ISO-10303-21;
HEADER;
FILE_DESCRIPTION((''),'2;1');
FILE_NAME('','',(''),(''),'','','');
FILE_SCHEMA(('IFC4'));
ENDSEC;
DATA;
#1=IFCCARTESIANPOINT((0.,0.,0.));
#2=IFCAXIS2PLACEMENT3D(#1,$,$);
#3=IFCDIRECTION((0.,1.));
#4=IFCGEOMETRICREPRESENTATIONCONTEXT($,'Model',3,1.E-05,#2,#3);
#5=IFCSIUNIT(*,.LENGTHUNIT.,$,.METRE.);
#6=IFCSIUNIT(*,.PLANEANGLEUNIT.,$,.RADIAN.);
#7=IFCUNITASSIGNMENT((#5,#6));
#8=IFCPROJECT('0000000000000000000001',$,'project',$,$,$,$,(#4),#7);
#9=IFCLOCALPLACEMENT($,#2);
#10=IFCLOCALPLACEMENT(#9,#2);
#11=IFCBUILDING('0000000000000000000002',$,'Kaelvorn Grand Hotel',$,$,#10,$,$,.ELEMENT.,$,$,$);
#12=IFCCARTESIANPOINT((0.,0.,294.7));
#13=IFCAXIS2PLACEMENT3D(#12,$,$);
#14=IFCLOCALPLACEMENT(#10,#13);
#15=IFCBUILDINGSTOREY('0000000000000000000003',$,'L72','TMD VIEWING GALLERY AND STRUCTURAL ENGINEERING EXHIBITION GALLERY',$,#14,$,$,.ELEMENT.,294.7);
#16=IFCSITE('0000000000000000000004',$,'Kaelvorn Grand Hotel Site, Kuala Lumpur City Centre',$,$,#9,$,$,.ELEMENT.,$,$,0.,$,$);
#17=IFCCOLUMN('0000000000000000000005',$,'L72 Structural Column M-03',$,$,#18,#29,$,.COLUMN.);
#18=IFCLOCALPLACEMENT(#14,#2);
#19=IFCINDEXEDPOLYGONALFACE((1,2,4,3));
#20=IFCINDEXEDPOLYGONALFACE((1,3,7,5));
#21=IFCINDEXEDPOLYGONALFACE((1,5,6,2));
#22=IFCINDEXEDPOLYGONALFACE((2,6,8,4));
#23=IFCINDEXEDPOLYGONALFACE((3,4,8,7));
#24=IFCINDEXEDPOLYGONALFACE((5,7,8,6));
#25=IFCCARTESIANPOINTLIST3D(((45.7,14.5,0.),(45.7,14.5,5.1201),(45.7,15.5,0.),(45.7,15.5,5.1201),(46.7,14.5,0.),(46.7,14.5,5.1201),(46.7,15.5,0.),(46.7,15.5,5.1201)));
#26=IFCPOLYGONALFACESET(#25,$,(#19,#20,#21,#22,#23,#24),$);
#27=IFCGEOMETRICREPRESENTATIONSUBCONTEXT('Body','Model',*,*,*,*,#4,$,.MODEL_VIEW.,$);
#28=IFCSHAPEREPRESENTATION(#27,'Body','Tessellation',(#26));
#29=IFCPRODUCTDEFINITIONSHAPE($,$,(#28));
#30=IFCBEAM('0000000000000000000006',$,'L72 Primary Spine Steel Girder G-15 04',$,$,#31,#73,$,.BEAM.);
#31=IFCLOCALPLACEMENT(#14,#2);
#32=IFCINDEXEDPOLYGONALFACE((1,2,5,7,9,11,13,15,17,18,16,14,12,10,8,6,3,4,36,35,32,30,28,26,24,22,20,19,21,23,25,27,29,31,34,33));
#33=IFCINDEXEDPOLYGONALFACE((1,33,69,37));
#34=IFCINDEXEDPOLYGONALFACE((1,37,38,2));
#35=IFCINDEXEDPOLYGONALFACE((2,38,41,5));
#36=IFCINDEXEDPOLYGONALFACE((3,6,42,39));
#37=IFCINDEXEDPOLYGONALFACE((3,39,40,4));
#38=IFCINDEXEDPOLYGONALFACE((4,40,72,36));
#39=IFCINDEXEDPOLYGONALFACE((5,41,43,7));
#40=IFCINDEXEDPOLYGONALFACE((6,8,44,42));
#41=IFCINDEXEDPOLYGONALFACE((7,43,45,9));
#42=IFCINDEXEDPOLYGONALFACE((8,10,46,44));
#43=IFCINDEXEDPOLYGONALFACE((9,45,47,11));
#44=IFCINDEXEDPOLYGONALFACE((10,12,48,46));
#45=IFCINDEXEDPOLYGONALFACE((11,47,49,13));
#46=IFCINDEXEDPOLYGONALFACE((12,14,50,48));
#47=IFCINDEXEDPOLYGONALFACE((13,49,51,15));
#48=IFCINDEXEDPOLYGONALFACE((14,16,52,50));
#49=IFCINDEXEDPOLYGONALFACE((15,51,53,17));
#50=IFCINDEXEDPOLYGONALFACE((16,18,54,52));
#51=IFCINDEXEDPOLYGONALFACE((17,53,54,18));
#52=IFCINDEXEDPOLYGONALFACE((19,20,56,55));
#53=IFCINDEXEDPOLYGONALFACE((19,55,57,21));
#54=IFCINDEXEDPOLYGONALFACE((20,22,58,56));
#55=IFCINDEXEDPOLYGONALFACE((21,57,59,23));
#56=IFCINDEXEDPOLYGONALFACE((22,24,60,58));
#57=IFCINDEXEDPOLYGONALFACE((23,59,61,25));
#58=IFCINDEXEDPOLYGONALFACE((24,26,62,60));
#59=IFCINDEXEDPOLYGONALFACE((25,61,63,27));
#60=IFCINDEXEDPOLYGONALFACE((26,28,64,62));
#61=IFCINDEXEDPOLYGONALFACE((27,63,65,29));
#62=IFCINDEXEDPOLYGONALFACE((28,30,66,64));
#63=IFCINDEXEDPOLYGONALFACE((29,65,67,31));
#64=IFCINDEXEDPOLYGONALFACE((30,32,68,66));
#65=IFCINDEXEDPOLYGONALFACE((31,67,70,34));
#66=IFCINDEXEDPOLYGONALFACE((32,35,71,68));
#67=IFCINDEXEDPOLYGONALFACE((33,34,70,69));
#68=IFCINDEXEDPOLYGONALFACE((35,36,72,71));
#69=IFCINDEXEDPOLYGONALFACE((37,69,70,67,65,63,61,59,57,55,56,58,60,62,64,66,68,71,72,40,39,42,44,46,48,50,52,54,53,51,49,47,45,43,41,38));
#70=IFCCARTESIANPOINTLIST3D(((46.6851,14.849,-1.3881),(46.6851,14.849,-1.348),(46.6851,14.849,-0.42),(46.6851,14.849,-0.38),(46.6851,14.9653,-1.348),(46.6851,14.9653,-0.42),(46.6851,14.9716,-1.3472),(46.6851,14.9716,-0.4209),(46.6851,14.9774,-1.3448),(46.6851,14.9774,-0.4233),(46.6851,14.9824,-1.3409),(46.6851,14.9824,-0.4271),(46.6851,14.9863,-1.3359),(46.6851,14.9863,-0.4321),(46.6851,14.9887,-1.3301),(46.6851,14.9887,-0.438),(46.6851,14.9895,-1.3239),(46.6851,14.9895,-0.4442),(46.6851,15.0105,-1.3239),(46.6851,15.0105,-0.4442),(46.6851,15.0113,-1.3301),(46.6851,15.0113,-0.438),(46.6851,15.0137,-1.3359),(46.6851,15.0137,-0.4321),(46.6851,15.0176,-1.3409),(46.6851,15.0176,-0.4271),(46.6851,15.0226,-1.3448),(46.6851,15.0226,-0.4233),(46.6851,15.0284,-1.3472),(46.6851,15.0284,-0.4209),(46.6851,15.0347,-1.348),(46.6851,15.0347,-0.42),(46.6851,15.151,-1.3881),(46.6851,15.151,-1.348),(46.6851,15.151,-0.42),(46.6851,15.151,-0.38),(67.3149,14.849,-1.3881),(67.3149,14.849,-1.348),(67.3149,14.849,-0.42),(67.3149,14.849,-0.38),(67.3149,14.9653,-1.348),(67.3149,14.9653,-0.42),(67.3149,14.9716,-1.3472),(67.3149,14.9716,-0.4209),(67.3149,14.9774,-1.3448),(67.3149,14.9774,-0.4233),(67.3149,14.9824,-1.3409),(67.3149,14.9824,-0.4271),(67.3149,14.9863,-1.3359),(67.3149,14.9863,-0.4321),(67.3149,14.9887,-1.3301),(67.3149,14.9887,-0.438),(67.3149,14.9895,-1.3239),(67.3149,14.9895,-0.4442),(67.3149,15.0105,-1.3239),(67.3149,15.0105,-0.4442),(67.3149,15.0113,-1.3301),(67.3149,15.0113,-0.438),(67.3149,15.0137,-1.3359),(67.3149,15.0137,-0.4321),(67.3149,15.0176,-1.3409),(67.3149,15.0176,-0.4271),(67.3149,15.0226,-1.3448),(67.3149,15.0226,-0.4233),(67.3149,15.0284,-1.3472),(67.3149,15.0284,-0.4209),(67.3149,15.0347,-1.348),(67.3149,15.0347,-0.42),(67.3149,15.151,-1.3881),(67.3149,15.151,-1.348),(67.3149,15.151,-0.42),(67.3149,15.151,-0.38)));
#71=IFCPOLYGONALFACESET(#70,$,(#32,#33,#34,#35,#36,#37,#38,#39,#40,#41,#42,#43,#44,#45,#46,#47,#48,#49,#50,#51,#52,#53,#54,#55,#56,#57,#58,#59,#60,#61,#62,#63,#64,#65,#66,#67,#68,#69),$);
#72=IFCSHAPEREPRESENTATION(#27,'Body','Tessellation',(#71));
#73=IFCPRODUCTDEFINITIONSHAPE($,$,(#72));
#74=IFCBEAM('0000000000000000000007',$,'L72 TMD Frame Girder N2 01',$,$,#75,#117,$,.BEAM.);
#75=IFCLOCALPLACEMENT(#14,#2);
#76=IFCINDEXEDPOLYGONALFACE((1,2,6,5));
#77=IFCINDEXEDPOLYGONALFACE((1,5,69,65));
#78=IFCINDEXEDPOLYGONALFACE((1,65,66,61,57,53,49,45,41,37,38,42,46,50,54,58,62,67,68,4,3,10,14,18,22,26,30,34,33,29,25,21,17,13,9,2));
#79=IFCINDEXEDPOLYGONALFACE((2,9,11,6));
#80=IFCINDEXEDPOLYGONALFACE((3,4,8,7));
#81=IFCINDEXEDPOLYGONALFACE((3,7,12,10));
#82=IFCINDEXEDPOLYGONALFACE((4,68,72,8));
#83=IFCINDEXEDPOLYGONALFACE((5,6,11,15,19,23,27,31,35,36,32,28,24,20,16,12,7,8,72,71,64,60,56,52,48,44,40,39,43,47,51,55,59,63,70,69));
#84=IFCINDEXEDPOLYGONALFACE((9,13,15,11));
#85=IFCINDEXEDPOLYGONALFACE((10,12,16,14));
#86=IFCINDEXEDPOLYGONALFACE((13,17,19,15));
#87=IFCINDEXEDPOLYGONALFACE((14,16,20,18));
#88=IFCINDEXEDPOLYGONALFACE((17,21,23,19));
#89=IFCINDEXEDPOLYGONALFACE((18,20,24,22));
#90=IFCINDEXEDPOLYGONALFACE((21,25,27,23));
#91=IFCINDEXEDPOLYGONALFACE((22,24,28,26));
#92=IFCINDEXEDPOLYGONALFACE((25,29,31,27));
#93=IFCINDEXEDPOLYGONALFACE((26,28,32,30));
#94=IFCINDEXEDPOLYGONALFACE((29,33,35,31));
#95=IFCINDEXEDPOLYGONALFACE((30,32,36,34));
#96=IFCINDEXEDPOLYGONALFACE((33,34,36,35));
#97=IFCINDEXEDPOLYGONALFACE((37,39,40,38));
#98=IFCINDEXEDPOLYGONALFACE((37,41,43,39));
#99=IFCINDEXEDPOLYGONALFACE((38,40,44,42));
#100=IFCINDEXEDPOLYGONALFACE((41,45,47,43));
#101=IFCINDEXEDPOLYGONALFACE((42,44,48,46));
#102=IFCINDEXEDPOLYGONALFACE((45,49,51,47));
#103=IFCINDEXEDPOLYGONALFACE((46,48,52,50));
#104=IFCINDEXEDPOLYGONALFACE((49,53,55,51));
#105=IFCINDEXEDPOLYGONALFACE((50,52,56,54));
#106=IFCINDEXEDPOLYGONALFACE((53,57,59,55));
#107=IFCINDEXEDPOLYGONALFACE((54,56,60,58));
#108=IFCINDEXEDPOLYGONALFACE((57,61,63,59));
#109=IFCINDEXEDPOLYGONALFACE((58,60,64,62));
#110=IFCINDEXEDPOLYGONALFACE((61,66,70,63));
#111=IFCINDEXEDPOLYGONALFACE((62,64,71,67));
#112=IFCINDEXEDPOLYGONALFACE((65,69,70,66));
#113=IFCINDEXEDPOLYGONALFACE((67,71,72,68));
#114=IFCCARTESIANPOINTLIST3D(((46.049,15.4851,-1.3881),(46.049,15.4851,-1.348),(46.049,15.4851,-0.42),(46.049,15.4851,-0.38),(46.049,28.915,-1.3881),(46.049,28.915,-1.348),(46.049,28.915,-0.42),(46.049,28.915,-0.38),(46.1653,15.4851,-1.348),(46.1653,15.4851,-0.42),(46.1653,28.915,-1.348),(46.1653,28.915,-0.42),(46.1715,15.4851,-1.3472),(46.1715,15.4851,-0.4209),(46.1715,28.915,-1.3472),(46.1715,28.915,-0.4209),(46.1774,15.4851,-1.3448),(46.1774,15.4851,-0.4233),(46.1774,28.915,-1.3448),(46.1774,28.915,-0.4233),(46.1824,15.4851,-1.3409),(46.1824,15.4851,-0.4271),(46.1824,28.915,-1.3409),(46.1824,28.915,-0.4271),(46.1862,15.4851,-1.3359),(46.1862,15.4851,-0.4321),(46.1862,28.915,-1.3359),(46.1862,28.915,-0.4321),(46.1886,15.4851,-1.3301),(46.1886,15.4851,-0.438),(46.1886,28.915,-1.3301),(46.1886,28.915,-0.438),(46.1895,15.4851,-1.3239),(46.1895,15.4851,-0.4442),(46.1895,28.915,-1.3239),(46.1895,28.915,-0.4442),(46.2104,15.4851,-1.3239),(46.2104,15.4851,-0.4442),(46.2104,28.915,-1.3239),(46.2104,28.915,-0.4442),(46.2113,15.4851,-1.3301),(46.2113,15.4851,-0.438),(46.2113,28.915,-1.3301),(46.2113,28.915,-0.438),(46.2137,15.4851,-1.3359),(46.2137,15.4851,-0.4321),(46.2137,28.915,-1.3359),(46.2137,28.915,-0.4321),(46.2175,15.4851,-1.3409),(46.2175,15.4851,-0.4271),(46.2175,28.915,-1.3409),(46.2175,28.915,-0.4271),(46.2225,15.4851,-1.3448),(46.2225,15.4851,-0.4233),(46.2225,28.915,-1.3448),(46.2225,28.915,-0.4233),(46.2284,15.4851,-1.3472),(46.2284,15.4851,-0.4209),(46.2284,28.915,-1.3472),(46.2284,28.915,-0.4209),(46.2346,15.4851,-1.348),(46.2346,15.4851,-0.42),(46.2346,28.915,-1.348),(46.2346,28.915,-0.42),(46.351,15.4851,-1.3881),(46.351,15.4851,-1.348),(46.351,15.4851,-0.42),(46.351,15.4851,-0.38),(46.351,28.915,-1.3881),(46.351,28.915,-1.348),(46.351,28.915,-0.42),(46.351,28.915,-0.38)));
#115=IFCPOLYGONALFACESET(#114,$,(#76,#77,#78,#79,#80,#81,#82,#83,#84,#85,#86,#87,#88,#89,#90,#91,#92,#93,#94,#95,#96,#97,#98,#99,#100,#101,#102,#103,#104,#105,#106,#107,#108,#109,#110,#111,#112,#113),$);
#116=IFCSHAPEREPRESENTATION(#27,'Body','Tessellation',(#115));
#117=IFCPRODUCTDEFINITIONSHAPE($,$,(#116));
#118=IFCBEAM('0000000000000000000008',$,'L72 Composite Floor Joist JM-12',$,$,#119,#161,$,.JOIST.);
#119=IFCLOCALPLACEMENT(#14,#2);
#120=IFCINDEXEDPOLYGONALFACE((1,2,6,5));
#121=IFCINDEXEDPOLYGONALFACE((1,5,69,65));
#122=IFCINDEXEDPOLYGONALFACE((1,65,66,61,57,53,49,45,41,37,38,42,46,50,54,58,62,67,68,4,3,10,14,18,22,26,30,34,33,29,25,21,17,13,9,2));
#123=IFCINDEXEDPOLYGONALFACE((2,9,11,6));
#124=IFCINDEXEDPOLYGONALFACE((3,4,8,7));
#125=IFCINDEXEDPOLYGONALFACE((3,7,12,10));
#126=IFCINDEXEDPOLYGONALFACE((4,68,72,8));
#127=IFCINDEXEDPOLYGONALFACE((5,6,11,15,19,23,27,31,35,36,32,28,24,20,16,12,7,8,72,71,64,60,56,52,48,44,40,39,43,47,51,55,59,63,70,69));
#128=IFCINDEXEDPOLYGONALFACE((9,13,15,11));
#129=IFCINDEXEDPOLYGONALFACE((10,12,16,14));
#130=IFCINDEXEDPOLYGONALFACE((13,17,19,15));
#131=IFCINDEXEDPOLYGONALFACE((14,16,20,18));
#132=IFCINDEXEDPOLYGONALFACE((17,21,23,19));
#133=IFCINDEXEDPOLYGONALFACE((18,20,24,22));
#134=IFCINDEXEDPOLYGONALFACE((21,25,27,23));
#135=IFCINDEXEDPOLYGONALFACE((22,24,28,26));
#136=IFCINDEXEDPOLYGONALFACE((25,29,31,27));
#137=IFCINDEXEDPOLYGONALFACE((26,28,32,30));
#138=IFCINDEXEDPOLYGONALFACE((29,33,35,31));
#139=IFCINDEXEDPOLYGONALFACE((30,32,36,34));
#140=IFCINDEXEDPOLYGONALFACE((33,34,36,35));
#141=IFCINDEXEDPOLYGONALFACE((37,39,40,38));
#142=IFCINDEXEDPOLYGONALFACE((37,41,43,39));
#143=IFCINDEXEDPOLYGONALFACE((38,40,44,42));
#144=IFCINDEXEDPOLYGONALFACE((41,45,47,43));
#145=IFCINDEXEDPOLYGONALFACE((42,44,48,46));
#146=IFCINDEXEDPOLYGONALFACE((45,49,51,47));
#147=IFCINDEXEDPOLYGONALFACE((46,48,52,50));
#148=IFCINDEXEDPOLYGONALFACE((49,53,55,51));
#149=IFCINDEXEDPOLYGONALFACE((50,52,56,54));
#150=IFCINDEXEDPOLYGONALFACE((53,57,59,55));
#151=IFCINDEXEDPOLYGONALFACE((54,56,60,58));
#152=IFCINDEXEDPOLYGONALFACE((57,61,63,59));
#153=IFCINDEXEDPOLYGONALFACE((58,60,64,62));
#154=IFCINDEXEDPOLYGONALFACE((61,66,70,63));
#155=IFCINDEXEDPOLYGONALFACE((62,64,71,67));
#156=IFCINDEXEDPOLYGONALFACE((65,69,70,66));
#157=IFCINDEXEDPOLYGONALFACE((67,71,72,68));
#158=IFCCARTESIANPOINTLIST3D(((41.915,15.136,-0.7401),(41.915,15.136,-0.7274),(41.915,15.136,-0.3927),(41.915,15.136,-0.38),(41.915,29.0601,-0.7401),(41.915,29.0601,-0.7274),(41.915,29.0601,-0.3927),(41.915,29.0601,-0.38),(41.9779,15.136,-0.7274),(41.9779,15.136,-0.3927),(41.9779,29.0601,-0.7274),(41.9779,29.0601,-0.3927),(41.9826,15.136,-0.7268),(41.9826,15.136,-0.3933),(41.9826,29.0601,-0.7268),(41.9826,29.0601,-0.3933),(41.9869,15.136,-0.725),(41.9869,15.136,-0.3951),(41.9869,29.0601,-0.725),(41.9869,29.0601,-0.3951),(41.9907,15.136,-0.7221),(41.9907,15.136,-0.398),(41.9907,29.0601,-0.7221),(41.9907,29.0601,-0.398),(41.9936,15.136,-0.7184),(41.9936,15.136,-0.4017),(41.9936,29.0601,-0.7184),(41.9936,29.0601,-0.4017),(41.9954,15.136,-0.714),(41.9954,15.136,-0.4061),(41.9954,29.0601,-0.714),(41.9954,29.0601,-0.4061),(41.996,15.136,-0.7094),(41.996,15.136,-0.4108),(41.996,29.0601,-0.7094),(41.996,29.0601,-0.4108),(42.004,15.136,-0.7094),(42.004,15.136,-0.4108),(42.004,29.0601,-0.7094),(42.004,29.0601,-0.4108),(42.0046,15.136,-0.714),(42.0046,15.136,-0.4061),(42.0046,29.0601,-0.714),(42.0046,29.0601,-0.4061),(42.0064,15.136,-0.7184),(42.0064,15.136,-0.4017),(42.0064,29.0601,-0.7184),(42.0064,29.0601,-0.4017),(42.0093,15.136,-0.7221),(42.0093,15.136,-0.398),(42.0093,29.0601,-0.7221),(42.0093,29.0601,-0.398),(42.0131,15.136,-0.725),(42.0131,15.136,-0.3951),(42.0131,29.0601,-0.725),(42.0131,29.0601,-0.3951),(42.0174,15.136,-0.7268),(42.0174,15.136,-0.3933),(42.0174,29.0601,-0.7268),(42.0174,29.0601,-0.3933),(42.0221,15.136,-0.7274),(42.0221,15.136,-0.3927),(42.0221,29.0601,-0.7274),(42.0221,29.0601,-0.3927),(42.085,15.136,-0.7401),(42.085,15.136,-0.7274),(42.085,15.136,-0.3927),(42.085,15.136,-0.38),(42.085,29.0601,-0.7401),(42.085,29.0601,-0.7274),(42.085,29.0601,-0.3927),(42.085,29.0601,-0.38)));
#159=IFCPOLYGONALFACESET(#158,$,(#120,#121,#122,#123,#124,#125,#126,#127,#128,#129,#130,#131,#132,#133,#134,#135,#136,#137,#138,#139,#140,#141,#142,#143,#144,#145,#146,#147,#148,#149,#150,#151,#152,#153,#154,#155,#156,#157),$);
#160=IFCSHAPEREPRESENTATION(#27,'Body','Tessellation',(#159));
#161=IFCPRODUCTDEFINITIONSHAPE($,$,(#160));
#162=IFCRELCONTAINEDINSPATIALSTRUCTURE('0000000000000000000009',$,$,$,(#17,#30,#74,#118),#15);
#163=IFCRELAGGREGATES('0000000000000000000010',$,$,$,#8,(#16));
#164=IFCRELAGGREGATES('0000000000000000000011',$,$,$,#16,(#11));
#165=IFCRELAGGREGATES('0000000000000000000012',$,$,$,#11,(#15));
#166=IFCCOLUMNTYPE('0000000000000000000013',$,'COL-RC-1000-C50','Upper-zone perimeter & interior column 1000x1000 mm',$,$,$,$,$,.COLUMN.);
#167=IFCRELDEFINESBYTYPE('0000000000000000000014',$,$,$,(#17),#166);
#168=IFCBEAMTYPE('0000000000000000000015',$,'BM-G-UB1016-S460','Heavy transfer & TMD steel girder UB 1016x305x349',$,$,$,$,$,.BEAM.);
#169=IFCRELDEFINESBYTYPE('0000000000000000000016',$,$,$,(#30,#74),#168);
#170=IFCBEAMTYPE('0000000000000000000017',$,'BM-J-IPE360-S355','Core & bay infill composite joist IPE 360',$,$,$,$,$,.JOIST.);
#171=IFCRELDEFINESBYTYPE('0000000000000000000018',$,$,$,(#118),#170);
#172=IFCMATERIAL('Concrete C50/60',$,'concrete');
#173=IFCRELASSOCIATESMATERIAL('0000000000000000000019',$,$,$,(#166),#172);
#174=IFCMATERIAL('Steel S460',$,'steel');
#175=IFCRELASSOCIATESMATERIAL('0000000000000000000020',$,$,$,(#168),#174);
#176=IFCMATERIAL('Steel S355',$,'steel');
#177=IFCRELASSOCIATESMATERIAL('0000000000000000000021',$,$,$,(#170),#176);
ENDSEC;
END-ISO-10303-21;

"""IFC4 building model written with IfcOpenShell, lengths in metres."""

from ifc_helpers import new_model, si_unit, direction, frame, origin, origin_2d, place, context, subcontext, project, spatial, rectangle, i_section, extrude, material, material_profile, profile_set, type_object, element, save


model = new_model("IFC4")

# Units and contexts
model_context = context("Model", 3, precision=1e-05, world=origin(), true_north=direction((0.0, 1.0)))
body_context = subcontext(model_context, "Body", "Model", "MODEL_VIEW")
ifc_project = project(units=[si_unit("LENGTHUNIT", "METRE"), si_unit("PLANEANGLEUNIT", "RADIAN")], contexts=[model_context])

# Site, building, storey
site_placement = place(None, origin())
site = spatial("IfcSite", under=ifc_project, at=site_placement, Name="Kaelvorn Grand Hotel Site, Kuala Lumpur City Centre", CompositionType="ELEMENT", RefElevation=0.0)
building_placement = place(site_placement, origin())
building = spatial("IfcBuilding", under=site, at=building_placement, Name="Kaelvorn Grand Hotel", CompositionType="ELEMENT")
storey_placement = place(building_placement, frame((0.0, 0.0, 294.7)))
storey = spatial("IfcBuildingStorey", under=building, at=storey_placement, Name="L72", Description="TMD VIEWING GALLERY AND STRUCTURAL ENGINEERING EXHIBITION GALLERY", CompositionType="ELEMENT", Elevation=294.7)

# Column
ifc_material_1 = material(Name="Concrete C50/60", Category="concrete")
ifc_material_profile_1 = material_profile(ifc_material_1, rectangle(XDim=1.0, YDim=1.0, at=origin_2d()), Name="RC COL 1000x1000")
ifc_profile_set_1 = profile_set([ifc_material_profile_1], Name="Concrete C50/60")
column_type = type_object("IfcColumnType", Name="COL-RC-1000-C50", Description="Upper-zone perimeter & interior column 1000x1000 mm", PredefinedType="COLUMN", material=ifc_profile_set_1)
column_placement = place(storey_placement, frame((46.2, 15.0, 0.0), z_axis=(0.0, 0.0, 1.0), x_axis=(1.0, 0.0, 0.0)))
element("IfcColumn", 1, at=column_placement, inside=storey, type_object=column_type, Name="L72 Structural Column M-03", PredefinedType="COLUMN", context=body_context, shape_type="SweptSolid", body=[
    extrude(rectangle(XDim=1.0, YDim=1.0, at=origin_2d()), origin(), (0.0, 0.0, 1.0), 5.1201),
])

# Beams
ifc_material_2 = material(Name="Steel S460", Category="steel")
ifc_material_profile_2 = material_profile(ifc_material_2, i_section(OverallWidth=0.302, OverallDepth=1.0081, WebThickness=0.021, FlangeThickness=0.04, FilletRadius=0.0242, at=origin_2d()), Name="UB 1016x305x349")
ifc_profile_set_2 = profile_set([ifc_material_profile_2], Name="Steel S460")
beam_type_1 = type_object("IfcBeamType", Name="BM-G-UB1016-S460", Description="Heavy transfer & TMD steel girder UB 1016x305x349", PredefinedType="BEAM", material=ifc_profile_set_2)
beam_1_placement = place(storey_placement, frame((46.6851, 15.0, -0.884), z_axis=(1.0, 0.0, 0.0), x_axis=(0.0, 1.0, 0.0)))
element("IfcBeam", 2, at=beam_1_placement, inside=storey, type_object=beam_type_1, Name="L72 Primary Spine Steel Girder G-15 04", PredefinedType="BEAM", context=body_context, shape_type="SweptSolid", body=[
    extrude(i_section(OverallWidth=0.302, OverallDepth=1.0081, WebThickness=0.021, FlangeThickness=0.04, FilletRadius=0.0242, at=origin_2d()), origin(), (0.0, 0.0, 1.0), 20.6299),
])
beam_2_placement = place(storey_placement, frame((46.2, 15.4851, -0.884), z_axis=(0.0, 1.0, 0.0), x_axis=(-1.0, 0.0, 0.0)))
element("IfcBeam", 3, at=beam_2_placement, inside=storey, type_object=beam_type_1, Name="L72 TMD Frame Girder N2 01", PredefinedType="BEAM", context=body_context, shape_type="SweptSolid", body=[
    extrude(i_section(OverallWidth=0.302, OverallDepth=1.0081, WebThickness=0.021, FlangeThickness=0.04, FilletRadius=0.0242, at=origin_2d()), origin(), (0.0, 0.0, 1.0), 13.4299),
])
ifc_material_3 = material(Name="Steel S355", Category="steel")
ifc_material_profile_3 = material_profile(ifc_material_3, i_section(OverallWidth=0.1699, OverallDepth=0.3601, WebThickness=0.0081, FlangeThickness=0.0127, FilletRadius=0.0181, at=origin_2d()), Name="IPE 360")
ifc_profile_set_3 = profile_set([ifc_material_profile_3], Name="Steel S355")
beam_type_2 = type_object("IfcBeamType", Name="BM-J-IPE360-S355", Description="Core & bay infill composite joist IPE 360", PredefinedType="JOIST", material=ifc_profile_set_3)
beam_3_placement = place(storey_placement, frame((42.0, 15.136, -0.5601), z_axis=(0.0, 1.0, 0.0), x_axis=(-1.0, 0.0, 0.0)))
element("IfcBeam", 4, at=beam_3_placement, inside=storey, type_object=beam_type_2, Name="L72 Composite Floor Joist JM-12", PredefinedType="JOIST", context=body_context, shape_type="SweptSolid", body=[
    extrude(i_section(OverallWidth=0.1699, OverallDepth=0.3601, WebThickness=0.0081, FlangeThickness=0.0127, FilletRadius=0.0181, at=origin_2d()), origin(), (0.0, 0.0, 1.0), 13.9241),
])

save(model, "model.ifc")
